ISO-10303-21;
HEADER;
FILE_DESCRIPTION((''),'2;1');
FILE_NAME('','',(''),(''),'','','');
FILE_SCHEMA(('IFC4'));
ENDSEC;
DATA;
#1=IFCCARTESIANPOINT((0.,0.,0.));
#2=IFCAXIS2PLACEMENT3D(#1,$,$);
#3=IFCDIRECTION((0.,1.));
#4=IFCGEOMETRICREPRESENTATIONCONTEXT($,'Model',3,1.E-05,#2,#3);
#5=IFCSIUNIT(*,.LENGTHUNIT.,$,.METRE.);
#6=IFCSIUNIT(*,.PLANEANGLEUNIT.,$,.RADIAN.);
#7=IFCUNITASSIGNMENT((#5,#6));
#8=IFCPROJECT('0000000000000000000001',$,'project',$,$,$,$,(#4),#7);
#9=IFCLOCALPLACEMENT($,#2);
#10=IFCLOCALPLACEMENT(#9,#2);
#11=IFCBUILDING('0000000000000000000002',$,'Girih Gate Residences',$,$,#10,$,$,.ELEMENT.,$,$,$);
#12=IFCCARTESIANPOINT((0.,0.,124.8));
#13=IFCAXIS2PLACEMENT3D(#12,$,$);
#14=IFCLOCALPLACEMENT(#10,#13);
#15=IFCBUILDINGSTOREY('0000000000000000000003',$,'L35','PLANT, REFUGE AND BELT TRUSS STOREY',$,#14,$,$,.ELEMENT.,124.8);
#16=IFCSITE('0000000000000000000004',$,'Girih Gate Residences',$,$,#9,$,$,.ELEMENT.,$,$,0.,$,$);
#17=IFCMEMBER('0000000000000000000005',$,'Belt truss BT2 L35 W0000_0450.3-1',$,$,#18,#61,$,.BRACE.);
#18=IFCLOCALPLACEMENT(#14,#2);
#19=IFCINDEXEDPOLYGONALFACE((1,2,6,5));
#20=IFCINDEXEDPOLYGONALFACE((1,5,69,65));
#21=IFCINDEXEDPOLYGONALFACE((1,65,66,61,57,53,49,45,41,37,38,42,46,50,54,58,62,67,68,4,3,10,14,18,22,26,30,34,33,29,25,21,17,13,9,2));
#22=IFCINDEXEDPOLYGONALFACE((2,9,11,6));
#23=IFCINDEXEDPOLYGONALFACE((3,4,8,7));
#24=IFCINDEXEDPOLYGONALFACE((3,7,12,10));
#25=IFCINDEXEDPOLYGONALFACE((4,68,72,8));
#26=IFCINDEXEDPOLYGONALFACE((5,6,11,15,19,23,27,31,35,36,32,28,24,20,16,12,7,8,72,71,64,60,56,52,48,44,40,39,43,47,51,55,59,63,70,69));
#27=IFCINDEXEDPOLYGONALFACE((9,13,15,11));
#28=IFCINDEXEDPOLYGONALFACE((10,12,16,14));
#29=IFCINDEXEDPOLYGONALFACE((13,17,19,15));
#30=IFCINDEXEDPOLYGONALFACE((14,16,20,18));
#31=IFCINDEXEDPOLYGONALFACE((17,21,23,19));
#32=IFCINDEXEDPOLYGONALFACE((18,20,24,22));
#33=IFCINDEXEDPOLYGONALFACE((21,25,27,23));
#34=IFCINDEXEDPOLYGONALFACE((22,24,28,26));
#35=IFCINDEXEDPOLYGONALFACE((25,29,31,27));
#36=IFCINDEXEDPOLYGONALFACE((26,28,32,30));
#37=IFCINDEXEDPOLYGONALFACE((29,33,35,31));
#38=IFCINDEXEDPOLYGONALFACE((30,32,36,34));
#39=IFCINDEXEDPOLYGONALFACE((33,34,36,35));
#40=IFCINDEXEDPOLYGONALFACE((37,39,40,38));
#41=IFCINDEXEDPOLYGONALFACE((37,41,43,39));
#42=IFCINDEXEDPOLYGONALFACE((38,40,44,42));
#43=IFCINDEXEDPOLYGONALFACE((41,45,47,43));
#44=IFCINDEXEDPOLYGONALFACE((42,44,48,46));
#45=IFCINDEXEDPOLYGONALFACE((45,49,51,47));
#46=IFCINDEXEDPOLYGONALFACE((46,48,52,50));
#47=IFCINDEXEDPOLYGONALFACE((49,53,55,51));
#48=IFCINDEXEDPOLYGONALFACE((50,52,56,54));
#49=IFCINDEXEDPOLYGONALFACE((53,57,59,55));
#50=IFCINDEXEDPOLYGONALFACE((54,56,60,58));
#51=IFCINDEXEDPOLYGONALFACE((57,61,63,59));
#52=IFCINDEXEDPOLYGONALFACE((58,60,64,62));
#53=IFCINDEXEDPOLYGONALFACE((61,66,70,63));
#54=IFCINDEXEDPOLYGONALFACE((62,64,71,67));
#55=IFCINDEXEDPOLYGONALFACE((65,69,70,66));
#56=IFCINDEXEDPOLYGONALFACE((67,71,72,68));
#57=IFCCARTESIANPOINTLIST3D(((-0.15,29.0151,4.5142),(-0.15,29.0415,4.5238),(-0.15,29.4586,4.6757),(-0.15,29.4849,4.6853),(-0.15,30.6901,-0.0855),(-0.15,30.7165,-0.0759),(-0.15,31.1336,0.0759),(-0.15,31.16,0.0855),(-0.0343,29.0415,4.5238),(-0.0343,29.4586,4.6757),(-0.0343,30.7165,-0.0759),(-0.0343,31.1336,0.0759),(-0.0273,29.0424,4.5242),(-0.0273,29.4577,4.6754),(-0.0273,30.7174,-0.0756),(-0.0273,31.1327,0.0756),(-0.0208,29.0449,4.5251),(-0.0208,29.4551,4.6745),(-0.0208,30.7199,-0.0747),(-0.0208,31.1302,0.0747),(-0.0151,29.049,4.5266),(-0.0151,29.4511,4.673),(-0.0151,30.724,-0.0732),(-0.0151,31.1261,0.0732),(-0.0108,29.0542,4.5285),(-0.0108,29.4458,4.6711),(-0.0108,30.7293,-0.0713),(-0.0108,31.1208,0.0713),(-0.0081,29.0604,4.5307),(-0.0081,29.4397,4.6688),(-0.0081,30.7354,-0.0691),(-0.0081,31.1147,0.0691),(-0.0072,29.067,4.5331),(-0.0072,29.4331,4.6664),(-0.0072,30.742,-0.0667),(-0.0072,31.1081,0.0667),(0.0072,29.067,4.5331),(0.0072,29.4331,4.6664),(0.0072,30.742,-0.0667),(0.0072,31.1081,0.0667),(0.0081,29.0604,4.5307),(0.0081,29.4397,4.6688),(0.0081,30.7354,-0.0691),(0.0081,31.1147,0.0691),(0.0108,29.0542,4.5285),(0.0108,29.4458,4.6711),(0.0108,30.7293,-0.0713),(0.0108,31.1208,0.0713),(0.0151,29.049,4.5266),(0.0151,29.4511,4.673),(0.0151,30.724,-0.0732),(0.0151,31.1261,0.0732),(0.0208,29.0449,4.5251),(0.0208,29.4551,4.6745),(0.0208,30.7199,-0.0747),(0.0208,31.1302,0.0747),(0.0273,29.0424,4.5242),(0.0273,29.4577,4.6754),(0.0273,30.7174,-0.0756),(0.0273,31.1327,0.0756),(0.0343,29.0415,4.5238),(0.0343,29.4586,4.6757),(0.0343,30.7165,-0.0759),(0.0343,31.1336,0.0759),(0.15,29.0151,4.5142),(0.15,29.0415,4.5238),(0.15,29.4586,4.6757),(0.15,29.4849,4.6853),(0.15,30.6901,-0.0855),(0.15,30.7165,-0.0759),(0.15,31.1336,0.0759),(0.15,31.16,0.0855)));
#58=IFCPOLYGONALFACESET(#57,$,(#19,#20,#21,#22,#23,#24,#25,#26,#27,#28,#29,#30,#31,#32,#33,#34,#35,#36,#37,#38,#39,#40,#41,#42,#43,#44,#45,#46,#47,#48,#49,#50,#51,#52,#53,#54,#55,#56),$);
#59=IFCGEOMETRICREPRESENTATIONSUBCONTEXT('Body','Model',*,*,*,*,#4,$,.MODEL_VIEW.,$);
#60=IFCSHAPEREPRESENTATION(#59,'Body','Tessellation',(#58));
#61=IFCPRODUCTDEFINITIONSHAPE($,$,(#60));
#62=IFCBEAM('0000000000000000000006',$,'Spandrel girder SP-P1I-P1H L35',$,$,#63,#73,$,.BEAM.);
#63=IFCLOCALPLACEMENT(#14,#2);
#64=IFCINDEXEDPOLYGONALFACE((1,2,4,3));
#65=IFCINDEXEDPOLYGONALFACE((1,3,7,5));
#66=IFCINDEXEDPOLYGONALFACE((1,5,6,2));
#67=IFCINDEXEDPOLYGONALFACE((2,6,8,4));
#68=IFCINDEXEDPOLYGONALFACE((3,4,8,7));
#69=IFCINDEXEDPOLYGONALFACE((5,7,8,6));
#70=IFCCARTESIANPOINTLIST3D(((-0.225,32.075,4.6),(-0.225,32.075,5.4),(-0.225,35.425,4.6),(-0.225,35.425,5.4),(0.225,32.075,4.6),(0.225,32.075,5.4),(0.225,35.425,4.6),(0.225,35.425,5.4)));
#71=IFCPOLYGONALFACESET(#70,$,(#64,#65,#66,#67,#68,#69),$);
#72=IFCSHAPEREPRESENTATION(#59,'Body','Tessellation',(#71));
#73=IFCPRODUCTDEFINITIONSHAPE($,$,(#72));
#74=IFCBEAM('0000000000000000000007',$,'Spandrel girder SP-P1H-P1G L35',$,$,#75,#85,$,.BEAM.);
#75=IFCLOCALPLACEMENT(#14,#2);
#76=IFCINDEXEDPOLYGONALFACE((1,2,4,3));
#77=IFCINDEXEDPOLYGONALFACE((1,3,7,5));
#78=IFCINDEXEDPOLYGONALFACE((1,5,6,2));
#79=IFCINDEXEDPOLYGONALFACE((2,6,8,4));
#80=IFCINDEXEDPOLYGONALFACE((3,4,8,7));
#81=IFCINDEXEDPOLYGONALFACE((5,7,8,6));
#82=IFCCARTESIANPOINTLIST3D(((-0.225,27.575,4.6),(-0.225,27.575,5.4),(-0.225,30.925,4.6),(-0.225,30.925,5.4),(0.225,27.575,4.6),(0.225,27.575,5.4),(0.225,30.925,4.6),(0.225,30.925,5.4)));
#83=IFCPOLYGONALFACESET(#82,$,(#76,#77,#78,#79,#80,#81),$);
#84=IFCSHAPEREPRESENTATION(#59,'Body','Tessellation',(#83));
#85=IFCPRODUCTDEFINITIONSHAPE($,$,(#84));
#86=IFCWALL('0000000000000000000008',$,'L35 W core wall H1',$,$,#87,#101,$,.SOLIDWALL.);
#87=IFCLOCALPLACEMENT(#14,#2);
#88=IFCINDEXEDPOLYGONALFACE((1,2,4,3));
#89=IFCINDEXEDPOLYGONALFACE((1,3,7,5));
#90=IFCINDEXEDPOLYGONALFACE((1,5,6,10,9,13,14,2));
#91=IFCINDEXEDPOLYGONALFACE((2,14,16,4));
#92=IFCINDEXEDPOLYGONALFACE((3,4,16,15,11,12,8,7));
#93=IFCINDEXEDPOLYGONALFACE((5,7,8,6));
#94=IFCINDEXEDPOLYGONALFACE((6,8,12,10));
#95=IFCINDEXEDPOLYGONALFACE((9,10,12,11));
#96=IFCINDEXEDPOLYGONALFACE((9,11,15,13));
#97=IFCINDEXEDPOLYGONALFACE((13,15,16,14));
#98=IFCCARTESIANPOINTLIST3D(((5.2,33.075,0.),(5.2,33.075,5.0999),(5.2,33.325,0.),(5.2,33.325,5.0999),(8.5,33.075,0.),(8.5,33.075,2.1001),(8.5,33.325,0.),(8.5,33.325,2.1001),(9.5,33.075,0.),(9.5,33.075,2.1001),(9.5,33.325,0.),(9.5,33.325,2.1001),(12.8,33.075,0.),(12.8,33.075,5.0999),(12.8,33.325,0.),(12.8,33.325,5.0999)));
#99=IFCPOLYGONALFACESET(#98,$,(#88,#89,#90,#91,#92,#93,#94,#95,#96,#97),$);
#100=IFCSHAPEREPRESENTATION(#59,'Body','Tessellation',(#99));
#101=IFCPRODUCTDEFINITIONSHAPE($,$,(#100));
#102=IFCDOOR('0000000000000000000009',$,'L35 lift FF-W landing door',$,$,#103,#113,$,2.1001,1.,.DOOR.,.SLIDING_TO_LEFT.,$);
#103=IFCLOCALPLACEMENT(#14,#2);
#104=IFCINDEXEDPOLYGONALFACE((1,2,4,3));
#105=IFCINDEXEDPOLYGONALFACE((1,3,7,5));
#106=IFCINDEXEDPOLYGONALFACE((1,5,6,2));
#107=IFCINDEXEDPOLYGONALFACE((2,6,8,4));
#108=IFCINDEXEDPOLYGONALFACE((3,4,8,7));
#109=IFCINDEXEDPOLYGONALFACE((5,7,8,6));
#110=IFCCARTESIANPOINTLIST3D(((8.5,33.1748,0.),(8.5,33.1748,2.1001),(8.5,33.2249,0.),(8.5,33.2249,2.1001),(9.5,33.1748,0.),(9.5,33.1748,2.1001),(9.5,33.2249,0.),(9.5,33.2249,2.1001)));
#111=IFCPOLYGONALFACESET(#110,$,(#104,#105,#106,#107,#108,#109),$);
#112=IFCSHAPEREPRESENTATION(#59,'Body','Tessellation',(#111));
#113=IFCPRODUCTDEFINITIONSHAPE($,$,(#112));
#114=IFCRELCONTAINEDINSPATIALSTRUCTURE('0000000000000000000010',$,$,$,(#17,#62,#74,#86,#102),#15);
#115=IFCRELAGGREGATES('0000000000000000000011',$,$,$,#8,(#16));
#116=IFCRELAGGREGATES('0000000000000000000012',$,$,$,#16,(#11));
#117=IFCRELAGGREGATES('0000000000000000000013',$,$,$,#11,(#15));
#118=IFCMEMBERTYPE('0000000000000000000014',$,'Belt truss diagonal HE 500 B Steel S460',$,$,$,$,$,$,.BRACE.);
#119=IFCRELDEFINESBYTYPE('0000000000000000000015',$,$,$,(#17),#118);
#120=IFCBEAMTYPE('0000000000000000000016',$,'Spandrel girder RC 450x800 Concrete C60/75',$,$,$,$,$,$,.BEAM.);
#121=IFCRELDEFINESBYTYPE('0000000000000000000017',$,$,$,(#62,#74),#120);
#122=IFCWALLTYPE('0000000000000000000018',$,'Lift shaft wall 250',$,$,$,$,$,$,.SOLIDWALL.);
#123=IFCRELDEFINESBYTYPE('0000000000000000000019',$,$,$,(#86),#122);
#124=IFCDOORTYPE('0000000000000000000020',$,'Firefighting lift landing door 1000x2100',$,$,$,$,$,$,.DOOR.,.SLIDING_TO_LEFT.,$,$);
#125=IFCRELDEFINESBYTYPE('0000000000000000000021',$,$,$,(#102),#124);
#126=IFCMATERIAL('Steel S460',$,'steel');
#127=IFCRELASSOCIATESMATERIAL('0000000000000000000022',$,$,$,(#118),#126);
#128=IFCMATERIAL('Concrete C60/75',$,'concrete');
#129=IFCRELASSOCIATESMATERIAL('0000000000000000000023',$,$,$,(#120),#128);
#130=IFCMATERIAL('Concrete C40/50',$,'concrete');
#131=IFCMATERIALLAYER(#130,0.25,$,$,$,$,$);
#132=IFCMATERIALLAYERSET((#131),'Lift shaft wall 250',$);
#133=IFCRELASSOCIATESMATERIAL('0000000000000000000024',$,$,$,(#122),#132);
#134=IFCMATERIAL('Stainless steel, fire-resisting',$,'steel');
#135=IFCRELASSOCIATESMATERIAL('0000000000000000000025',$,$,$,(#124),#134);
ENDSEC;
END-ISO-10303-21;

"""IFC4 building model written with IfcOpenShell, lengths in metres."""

from ifc_helpers import new_model, si_unit, direction, frame, frame_2d, origin, origin_2d, place, context, subcontext, project, spatial, rectangle, i_section, extrude, material, layer, layer_set, material_profile, profile_set, type_object, element, fill, save


model = new_model("IFC4")

# Units and contexts
model_context = context("Model", 3, precision=1e-05, world=origin(), true_north=direction((0.0, 1.0)))
body_context = subcontext(model_context, "Body", "Model", "MODEL_VIEW")
ifc_project = project(units=[si_unit("LENGTHUNIT", "METRE"), si_unit("PLANEANGLEUNIT", "RADIAN")], contexts=[model_context])

# Site, building, storey
site_placement = place(None, origin())
site = spatial("IfcSite", under=ifc_project, at=site_placement, Name="Girih Gate Residences", CompositionType="ELEMENT", RefElevation=0.0)
building_placement = place(site_placement, origin())
building = spatial("IfcBuilding", under=site, at=building_placement, Name="Girih Gate Residences", CompositionType="ELEMENT")
storey_placement = place(building_placement, frame((0.0, 0.0, 124.8)))
storey = spatial("IfcBuildingStorey", under=building, at=storey_placement, Name="L35", Description="PLANT, REFUGE AND BELT TRUSS STOREY", CompositionType="ELEMENT", Elevation=124.8)

# Member
ifc_material_1 = material(Name="Steel S460", Category="steel")
ifc_material_profile_1 = material_profile(ifc_material_1, i_section(OverallWidth=0.3, OverallDepth=0.5, WebThickness=0.0144, FlangeThickness=0.0281, FilletRadius=0.0271, at=origin_2d()))
ifc_profile_set_1 = profile_set([ifc_material_profile_1], Name="Steel S460")
member_type = type_object("IfcMemberType", Name="Belt truss diagonal HE 500 B Steel S460", PredefinedType="BRACE", material=ifc_profile_set_1)
for number, where, z_axis, x_axis, name in (
    (1, (0.0, 30.925, 0.0), (0.0, -0.342171, 0.939638), (1.0, 0.0, 0.0), "Belt truss BT2 L35 W0000_0450.3-1"),
):
    element("IfcMember", number, at=place(storey_placement, frame(where, z_axis=z_axis, x_axis=x_axis)), inside=storey, type_object=member_type, Name=name, PredefinedType="BRACE", context=body_context, shape_type="SweptSolid", body=[
        extrude(i_section(OverallWidth=0.3, OverallDepth=0.5, WebThickness=0.0144, FlangeThickness=0.0281, FilletRadius=0.0271, at=origin_2d()), origin(), (0.0, 0.0, 1.0), 4.8953),
    ])

# Beams
ifc_material_2 = material(Name="Concrete C60/75", Category="concrete")
ifc_material_profile_2 = material_profile(ifc_material_2, rectangle(XDim=0.45, YDim=0.8, at=origin_2d()))
ifc_profile_set_2 = profile_set([ifc_material_profile_2], Name="Concrete C60/75")
beam_type = type_object("IfcBeamType", Name="Spandrel girder RC 450x800 Concrete C60/75", PredefinedType="BEAM", material=ifc_profile_set_2)
for number, where, z_axis, x_axis, name in (
    (2, (0.0, 35.425, 5.0), (0.0, -1.0, 0.0), (1.0, 0.0, 0.0), "Spandrel girder SP-P1I-P1H L35"),
    (3, (0.0, 30.925, 5.0), (0.0, -1.0, 0.0), (1.0, 0.0, 0.0), "Spandrel girder SP-P1H-P1G L35"),
):
    element("IfcBeam", number, at=place(storey_placement, frame(where, z_axis=z_axis, x_axis=x_axis)), inside=storey, type_object=beam_type, Name=name, PredefinedType="BEAM", context=body_context, shape_type="SweptSolid", body=[
        extrude(rectangle(XDim=0.45, YDim=0.8, at=origin_2d()), origin(), (0.0, 0.0, 1.0), 3.3501),
    ])

# Wall, opening, door
ifc_material_3 = material(Name="Concrete C40/50", Category="concrete")
ifc_layer_1 = layer(ifc_material_3, 0.25)
ifc_layer_set_1 = layer_set([ifc_layer_1], Name="Lift shaft wall 250")
wall_type_1 = type_object("IfcWallType", Name="Lift shaft wall 250", PredefinedType="SOLIDWALL", material=ifc_layer_set_1)
wall_1_placement = place(storey_placement, frame((5.2, 33.2, 0.0), z_axis=(0.0, 0.0, 1.0), x_axis=(1.0, 0.0, 0.0)))
wall_1 = element("IfcWall", 4, at=wall_1_placement, inside=storey, type_object=wall_type_1, Name="L35 W core wall H1", PredefinedType="SOLIDWALL", context=body_context, shape_type="SweptSolid", body=[
    extrude(rectangle(XDim=7.6001, YDim=0.25, at=frame_2d((3.8, 0.0))), origin(), (0.0, 0.0, 1.0), 5.0999),
])
opening_1_placement = place(wall_1_placement, frame((3.3, 0.0, 0.0)))
opening_1 = element("IfcOpeningElement", 5, at=opening_1_placement, cuts=wall_1, PredefinedType="OPENING", context=body_context, shape_type="SweptSolid", body=[
    extrude(rectangle(XDim=1.0, YDim=2.1001, at=frame_2d((0.5, 1.05))), frame((0.0, 0.135, 0.0), z_axis=(0.0, -1.0, 0.0), x_axis=(1.0, 0.0, 0.0)), (0.0, 0.0, 1.0), 0.27),
])
ifc_material_4 = material(Name="Stainless steel, fire-resisting", Category="steel")
door_type_1 = type_object("IfcDoorType", Name="Firefighting lift landing door 1000x2100", OperationType="SLIDING_TO_LEFT", PredefinedType="DOOR", material=ifc_material_4)
door_1_placement = place(opening_1_placement, origin())
door_1 = element("IfcDoor", 6, at=door_1_placement, inside=storey, type_object=door_type_1, Name="L35 lift FF-W landing door", OperationType="SLIDING_TO_LEFT", OverallHeight=2.1001, OverallWidth=1.0, PredefinedType="DOOR", context=body_context, shape_type="SweptSolid", body=[
    extrude(rectangle(XDim=1.0, YDim=2.1001, at=frame_2d((0.5, 1.05))), frame((0.0, 0.0249, 0.0), z_axis=(0.0, -1.0, 0.0), x_axis=(1.0, 0.0, 0.0)), (0.0, 0.0, 1.0), 0.05),
])
fill(opening_1, door_1)

save(model, "model.ifc")
